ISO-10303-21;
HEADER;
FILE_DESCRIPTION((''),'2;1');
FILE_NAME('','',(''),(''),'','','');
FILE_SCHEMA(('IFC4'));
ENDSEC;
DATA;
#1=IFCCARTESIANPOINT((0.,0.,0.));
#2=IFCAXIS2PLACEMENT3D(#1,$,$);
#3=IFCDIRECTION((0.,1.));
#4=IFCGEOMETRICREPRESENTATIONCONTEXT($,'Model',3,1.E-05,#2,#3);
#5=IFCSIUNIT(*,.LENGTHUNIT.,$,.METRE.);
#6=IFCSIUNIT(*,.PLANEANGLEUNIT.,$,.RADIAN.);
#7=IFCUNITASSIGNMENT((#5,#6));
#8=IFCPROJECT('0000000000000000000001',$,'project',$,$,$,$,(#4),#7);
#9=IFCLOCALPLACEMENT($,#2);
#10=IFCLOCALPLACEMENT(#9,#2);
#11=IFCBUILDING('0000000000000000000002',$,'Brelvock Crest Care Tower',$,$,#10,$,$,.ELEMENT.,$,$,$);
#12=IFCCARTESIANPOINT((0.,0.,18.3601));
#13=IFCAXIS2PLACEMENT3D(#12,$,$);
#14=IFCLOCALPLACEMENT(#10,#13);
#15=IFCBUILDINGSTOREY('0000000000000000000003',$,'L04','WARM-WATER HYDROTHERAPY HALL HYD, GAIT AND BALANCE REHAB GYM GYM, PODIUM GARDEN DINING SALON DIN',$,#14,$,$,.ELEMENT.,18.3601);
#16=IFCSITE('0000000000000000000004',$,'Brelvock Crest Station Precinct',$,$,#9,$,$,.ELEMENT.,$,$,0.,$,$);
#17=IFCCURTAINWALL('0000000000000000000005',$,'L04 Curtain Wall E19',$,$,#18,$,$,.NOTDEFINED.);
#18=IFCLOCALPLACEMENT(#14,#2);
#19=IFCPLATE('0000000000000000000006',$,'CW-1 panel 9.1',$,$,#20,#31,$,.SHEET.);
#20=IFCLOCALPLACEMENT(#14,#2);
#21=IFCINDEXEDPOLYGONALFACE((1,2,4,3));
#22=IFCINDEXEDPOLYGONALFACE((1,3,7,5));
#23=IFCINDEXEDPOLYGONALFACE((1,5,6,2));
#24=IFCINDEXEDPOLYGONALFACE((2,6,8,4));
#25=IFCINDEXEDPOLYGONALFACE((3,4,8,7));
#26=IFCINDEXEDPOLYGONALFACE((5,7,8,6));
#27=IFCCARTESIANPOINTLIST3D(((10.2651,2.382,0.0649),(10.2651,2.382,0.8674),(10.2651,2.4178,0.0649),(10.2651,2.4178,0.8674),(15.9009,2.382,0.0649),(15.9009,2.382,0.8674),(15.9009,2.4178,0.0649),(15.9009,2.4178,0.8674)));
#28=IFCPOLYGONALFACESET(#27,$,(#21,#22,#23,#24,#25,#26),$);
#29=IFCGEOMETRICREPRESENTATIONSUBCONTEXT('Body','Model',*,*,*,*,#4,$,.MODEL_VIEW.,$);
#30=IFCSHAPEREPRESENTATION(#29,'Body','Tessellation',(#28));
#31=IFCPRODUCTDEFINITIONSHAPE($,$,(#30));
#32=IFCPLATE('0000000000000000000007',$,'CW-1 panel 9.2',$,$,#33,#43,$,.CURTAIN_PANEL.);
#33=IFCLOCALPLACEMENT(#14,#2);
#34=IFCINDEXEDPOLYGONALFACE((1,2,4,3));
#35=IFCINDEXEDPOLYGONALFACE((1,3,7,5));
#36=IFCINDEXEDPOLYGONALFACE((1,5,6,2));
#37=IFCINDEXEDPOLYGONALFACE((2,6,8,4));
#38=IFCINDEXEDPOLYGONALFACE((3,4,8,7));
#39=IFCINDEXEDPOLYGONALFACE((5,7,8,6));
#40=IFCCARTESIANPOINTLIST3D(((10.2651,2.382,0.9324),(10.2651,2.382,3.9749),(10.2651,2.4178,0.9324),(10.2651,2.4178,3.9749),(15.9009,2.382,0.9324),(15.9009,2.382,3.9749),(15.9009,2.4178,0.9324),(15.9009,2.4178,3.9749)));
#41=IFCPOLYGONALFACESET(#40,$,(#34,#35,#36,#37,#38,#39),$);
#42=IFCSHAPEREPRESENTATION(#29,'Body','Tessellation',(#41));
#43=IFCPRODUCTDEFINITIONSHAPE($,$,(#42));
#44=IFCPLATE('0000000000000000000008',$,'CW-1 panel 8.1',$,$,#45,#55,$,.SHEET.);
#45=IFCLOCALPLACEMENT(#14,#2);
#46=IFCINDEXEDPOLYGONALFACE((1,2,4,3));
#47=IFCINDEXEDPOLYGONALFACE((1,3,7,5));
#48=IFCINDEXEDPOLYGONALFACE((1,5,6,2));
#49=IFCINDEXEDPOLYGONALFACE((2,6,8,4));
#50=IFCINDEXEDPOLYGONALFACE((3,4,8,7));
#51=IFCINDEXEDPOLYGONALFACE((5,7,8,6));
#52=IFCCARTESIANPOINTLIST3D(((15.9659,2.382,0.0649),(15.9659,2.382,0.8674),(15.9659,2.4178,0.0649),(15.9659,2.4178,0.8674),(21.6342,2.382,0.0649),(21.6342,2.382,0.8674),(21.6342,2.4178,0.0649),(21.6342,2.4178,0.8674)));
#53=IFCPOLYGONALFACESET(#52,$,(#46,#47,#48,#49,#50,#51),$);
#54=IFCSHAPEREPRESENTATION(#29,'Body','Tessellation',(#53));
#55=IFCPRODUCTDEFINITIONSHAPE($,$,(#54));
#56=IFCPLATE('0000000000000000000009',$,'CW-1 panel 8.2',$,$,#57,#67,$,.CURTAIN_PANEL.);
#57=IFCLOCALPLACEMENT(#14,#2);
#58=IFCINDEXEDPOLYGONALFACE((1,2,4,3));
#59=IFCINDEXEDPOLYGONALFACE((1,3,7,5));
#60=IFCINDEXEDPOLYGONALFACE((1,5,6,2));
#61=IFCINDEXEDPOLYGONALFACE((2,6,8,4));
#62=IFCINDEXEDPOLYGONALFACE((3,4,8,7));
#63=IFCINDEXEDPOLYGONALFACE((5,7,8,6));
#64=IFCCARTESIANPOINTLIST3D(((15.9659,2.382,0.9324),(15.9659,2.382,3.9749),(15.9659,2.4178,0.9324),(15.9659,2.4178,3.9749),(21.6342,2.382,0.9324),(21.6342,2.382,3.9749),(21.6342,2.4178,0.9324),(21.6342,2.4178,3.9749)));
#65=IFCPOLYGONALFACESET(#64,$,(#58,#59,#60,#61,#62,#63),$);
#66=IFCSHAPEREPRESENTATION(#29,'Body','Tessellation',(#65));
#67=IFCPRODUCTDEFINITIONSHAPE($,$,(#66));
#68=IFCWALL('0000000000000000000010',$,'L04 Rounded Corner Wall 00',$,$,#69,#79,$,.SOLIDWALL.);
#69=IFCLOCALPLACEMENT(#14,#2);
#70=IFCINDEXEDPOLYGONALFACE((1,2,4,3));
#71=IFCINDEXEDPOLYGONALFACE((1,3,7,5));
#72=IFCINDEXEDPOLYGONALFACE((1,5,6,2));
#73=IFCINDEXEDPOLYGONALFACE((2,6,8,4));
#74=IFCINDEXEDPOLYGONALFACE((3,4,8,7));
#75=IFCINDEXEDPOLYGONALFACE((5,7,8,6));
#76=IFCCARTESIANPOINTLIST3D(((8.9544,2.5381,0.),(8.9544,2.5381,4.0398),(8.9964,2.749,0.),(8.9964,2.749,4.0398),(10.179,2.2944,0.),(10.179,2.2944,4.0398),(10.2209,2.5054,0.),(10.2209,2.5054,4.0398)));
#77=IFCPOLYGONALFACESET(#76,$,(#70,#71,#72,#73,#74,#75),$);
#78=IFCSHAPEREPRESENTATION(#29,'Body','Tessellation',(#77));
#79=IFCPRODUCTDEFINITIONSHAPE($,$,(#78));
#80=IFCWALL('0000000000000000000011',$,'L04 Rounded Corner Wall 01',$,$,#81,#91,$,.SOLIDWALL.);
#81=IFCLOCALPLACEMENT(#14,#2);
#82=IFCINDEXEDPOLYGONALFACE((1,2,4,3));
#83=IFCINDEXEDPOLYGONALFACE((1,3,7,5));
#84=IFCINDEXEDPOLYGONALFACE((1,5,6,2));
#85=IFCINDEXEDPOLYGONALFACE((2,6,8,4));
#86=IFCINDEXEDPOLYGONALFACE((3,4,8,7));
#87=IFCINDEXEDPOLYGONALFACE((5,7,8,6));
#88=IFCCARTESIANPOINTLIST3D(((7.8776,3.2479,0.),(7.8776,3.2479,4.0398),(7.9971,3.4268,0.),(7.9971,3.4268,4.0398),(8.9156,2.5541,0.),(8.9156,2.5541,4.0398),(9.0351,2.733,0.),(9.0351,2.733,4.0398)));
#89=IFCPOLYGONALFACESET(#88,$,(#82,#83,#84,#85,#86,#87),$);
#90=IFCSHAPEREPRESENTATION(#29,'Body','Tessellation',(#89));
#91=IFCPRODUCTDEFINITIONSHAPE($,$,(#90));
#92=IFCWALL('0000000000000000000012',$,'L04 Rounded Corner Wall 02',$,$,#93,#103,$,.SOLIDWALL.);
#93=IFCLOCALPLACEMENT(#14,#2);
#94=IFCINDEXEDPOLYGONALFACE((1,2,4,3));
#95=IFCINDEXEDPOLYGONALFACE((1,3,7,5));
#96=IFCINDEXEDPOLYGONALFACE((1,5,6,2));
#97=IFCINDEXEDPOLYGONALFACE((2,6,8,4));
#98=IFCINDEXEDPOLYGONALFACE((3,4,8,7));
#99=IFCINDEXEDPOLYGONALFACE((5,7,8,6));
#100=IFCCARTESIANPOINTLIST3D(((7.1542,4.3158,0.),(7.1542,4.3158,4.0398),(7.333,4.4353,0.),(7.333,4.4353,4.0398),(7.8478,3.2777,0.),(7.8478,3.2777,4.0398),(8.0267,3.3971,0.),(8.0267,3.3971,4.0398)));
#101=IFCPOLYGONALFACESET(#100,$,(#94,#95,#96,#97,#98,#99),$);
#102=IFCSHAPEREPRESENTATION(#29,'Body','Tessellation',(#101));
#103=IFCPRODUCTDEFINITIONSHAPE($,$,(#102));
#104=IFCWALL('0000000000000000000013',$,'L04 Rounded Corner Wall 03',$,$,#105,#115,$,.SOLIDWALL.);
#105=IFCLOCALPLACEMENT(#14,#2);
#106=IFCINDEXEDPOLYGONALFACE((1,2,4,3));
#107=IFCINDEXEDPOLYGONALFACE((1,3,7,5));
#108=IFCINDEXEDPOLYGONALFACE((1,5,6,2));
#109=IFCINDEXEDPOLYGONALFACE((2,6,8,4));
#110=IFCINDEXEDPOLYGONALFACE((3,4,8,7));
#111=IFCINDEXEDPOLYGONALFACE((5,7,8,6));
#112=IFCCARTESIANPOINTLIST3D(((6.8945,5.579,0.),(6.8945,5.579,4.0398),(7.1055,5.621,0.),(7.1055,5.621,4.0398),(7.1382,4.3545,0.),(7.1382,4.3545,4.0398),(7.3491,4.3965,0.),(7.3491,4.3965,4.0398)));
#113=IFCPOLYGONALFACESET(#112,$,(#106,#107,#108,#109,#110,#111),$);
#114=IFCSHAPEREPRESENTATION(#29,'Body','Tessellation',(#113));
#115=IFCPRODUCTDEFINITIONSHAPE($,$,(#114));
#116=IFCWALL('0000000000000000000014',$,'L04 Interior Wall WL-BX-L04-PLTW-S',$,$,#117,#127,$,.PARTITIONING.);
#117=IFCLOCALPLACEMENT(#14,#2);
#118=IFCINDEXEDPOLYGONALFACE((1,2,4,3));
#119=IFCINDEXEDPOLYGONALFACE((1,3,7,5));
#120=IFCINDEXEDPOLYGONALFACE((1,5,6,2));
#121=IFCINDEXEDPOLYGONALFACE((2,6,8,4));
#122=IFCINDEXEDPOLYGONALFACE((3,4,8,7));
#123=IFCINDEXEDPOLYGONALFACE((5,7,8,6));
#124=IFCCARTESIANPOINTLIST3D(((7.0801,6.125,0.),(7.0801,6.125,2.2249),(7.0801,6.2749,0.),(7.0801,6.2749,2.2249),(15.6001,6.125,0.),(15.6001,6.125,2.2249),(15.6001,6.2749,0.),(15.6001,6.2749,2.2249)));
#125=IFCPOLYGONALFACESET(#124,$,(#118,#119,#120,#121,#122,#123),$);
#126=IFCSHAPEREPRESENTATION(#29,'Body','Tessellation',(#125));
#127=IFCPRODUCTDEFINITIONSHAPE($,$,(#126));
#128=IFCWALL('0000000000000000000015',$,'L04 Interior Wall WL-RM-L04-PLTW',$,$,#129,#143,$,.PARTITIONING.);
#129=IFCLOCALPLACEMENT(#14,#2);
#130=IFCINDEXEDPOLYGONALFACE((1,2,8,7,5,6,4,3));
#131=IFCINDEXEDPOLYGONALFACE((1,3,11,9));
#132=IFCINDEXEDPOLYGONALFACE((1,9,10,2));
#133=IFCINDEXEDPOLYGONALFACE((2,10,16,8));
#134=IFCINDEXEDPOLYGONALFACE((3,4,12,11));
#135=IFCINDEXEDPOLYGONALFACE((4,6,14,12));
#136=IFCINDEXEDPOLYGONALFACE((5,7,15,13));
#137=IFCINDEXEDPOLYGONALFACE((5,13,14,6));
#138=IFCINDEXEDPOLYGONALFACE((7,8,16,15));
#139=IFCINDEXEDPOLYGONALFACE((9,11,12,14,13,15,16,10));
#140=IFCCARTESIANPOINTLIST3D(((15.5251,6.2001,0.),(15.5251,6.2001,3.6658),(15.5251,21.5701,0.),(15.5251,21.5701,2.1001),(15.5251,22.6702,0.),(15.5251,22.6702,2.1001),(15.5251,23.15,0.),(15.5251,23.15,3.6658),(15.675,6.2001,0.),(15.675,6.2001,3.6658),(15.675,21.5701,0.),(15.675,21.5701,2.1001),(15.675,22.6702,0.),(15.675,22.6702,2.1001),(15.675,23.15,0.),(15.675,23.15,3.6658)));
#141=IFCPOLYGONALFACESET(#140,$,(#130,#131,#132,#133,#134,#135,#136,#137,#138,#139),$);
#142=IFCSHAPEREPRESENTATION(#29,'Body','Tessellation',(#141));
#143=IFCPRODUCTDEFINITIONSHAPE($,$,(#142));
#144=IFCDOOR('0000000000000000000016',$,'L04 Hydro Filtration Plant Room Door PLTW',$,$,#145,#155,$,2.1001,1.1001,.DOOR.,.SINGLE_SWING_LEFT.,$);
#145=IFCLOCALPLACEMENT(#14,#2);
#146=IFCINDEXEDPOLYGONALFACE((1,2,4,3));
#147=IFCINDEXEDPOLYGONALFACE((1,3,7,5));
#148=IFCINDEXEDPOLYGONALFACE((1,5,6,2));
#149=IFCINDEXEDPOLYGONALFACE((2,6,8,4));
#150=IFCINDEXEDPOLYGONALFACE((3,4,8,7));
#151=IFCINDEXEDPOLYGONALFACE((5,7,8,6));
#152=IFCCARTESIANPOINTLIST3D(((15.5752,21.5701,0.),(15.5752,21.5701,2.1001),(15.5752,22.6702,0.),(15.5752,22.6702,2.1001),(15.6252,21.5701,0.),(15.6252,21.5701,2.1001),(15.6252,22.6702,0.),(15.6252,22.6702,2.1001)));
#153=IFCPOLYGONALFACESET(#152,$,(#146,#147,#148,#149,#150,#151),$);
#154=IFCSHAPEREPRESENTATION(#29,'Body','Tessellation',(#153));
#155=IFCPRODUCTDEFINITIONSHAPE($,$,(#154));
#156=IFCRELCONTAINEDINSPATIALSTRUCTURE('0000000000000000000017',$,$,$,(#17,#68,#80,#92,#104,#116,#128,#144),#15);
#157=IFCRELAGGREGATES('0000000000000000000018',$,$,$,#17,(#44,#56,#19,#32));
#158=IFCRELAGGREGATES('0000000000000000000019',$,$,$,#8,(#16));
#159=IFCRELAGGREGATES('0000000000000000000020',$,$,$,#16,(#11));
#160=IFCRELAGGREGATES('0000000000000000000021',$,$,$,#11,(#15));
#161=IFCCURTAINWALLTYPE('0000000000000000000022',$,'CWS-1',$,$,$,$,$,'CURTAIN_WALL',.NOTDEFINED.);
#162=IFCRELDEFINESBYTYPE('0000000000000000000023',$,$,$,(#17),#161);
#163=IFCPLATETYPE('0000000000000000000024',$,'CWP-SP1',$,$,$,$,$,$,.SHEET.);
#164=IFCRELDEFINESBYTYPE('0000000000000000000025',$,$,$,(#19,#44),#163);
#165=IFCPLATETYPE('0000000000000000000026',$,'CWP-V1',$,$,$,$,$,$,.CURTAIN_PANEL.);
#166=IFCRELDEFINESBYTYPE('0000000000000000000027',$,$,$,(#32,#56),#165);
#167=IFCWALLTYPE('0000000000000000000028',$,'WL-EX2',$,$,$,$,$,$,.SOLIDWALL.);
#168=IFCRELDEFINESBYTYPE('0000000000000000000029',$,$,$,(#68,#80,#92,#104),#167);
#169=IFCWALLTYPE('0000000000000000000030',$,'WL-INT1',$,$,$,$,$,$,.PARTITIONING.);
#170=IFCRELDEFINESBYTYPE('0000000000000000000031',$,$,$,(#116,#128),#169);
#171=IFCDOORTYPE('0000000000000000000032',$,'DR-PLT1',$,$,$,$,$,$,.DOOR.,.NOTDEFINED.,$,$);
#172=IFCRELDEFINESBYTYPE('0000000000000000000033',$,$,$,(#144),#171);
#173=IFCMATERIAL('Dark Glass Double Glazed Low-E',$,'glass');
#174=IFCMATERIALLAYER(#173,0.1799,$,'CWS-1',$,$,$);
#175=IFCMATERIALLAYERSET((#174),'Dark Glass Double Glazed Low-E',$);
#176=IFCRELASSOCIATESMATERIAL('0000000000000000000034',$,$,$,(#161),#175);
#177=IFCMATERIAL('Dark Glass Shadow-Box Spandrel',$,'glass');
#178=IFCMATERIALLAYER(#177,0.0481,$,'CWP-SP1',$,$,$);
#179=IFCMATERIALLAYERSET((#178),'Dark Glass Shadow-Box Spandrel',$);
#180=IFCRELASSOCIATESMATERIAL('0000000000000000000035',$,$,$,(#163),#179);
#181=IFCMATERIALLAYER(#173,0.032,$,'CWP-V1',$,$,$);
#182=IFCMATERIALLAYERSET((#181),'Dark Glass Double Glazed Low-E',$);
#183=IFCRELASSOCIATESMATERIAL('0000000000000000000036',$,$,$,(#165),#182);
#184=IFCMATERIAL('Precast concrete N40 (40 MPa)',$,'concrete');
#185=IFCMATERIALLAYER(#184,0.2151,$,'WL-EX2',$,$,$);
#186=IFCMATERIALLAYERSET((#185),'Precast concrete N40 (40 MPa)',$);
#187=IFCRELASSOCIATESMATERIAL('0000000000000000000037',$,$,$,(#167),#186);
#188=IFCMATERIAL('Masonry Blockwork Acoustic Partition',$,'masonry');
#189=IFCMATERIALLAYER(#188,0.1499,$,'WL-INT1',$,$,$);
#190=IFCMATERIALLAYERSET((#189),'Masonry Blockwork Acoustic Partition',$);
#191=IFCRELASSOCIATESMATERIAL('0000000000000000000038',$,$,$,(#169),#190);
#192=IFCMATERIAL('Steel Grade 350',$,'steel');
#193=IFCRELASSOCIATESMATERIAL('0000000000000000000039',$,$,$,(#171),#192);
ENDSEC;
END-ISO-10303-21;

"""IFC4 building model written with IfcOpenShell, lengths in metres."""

from ifc_helpers import new_model, si_unit, direction, frame, frame_2d, origin, origin_2d, place, context, subcontext, project, spatial, rectangle, extrude, source, transform, mapped, material, layer, layer_set, type_object, element, fill, aggregate, save


model = new_model("IFC4")

# Units and contexts
model_context = context("Model", 3, precision=1e-05, world=origin(), true_north=direction((0.0, 1.0)))
body_context = subcontext(model_context, "Body", "Model", "MODEL_VIEW")
ifc_project = project(units=[si_unit("LENGTHUNIT", "METRE"), si_unit("PLANEANGLEUNIT", "RADIAN")], contexts=[model_context])

# Site, building, storey
site_placement = place(None, origin())
site = spatial("IfcSite", under=ifc_project, at=site_placement, Name="Brelvock Crest Station Precinct", CompositionType="ELEMENT", RefElevation=0.0)
building_placement = place(site_placement, origin())
building = spatial("IfcBuilding", under=site, at=building_placement, Name="Brelvock Crest Care Tower", CompositionType="ELEMENT")
storey_placement = place(building_placement, frame((0.0, 0.0, 18.3601)))
storey = spatial("IfcBuildingStorey", under=building, at=storey_placement, Name="L04", Description="WARM-WATER HYDROTHERAPY HALL HYD, GAIT AND BALANCE REHAB GYM GYM, PODIUM GARDEN DINING SALON DIN", CompositionType="ELEMENT", Elevation=18.3601)

# Shared definitions
ifc_material_1 = material(Name="Steel Grade 350", Category="steel")

# Curtain wall
ifc_material_2 = material(Name="Dark Glass Double Glazed Low-E", Category="glass")
ifc_layer_1 = layer(ifc_material_2, 0.1799, Name="CWS-1")
ifc_layer_set_1 = layer_set([ifc_layer_1], Name="Dark Glass Double Glazed Low-E")
curtain_wall_type = type_object("IfcCurtainWallType", Name="CWS-1", ElementType="CURTAIN_WALL", PredefinedType="NOTDEFINED", material=ifc_layer_set_1)
curtain_wall_1_placement = place(storey_placement, origin())
curtain_wall_1 = element("IfcCurtainWall", 1, at=curtain_wall_1_placement, inside=storey, type_object=curtain_wall_type, Name="L04 Curtain Wall E19", PredefinedType="NOTDEFINED")

# Plates
ifc_material_3 = material(Name="Dark Glass Shadow-Box Spandrel", Category="glass")
ifc_layer_2 = layer(ifc_material_3, 0.0481, Name="CWP-SP1")
ifc_layer_set_2 = layer_set([ifc_layer_2], Name="Dark Glass Shadow-Box Spandrel")
plate_type_1 = type_object("IfcPlateType", Name="CWP-SP1", PredefinedType="SHEET", material=ifc_layer_set_2)
ifc_layer_3 = layer(ifc_material_2, 0.032, Name="CWP-V1")
ifc_layer_set_3 = layer_set([ifc_layer_3], Name="Dark Glass Double Glazed Low-E")
plate_type_2 = type_object("IfcPlateType", Name="CWP-V1", PredefinedType="CURTAIN_PANEL", material=ifc_layer_set_3)
shared_shape_1 = source(origin(), body_context, "Body", "SweptSolid", [
    extrude(rectangle(XDim=5.6357, YDim=0.0359, at=origin_2d()), origin(), (0.0, 0.0, 1.0), 0.8025),
])
plate_1_placement = place(storey_placement, frame((13.083, 2.3999, 0.0649), z_axis=(0.0, 0.0, 1.0), x_axis=(-1.0, 0.0, 0.0)))
plate_1 = element("IfcPlate", 2, at=plate_1_placement, type_object=plate_type_1, Name="CW-1 panel 9.1", PredefinedType="SHEET", context=body_context, shape_type="MappedRepresentation", body=[
    mapped(shared_shape_1, transform((0.0, 0.0, 0.0), x_axis=(1.0, 0.0, 0.0), y_axis=(0.0, 1.0, 0.0), z_axis=(0.0, 0.0, 1.0), scale=1.0)),
])
shared_shape_2 = source(origin(), body_context, "Body", "SweptSolid", [
    extrude(rectangle(XDim=5.6357, YDim=0.0359, at=origin_2d()), origin(), (0.0, 0.0, 1.0), 3.0425),
])
plate_2_placement = place(storey_placement, frame((13.083, 2.3999, 0.9324), z_axis=(0.0, 0.0, 1.0), x_axis=(-1.0, 0.0, 0.0)))
plate_2 = element("IfcPlate", 3, at=plate_2_placement, type_object=plate_type_2, Name="CW-1 panel 9.2", PredefinedType="CURTAIN_PANEL", context=body_context, shape_type="MappedRepresentation", body=[
    mapped(shared_shape_2, transform((0.0, 0.0, 0.0), x_axis=(1.0, 0.0, 0.0), y_axis=(0.0, 1.0, 0.0), z_axis=(0.0, 0.0, 1.0), scale=1.0)),
])
shared_shape_3 = source(origin(), body_context, "Body", "SweptSolid", [
    extrude(rectangle(XDim=5.6682, YDim=0.0359, at=origin_2d()), origin(), (0.0, 0.0, 1.0), 0.8025),
])
plate_3_placement = place(storey_placement, frame((18.8, 2.3999, 0.0649), z_axis=(0.0, 0.0, 1.0), x_axis=(-1.0, 0.0, 0.0)))
plate_3 = element("IfcPlate", 4, at=plate_3_placement, type_object=plate_type_1, Name="CW-1 panel 8.1", PredefinedType="SHEET", context=body_context, shape_type="MappedRepresentation", body=[
    mapped(shared_shape_3, transform((0.0, 0.0, 0.0), x_axis=(1.0, 0.0, 0.0), y_axis=(0.0, 1.0, 0.0), z_axis=(0.0, 0.0, 1.0), scale=1.0)),
])
shared_shape_4 = source(origin(), body_context, "Body", "SweptSolid", [
    extrude(rectangle(XDim=5.6682, YDim=0.0359, at=origin_2d()), origin(), (0.0, 0.0, 1.0), 3.0425),
])
plate_4_placement = place(storey_placement, frame((18.8, 2.3999, 0.9324), z_axis=(0.0, 0.0, 1.0), x_axis=(-1.0, 0.0, 0.0)))
plate_4 = element("IfcPlate", 5, at=plate_4_placement, type_object=plate_type_2, Name="CW-1 panel 8.2", PredefinedType="CURTAIN_PANEL", context=body_context, shape_type="MappedRepresentation", body=[
    mapped(shared_shape_4, transform((0.0, 0.0, 0.0), x_axis=(1.0, 0.0, 0.0), y_axis=(0.0, 1.0, 0.0), z_axis=(0.0, 0.0, 1.0), scale=1.0)),
])
aggregate(curtain_wall_1, [plate_3, plate_4, plate_1, plate_2])

# Walls
ifc_material_4 = material(Name="Precast concrete N40 (40 MPa)", Category="concrete")
ifc_layer_4 = layer(ifc_material_4, 0.2151, Name="WL-EX2")
ifc_layer_set_4 = layer_set([ifc_layer_4], Name="Precast concrete N40 (40 MPa)")
wall_type_1 = type_object("IfcWallType", Name="WL-EX2", PredefinedType="SOLIDWALL", material=ifc_layer_set_4)
for number, where, z_axis, x_axis, name in (
    (6, (10.2, 2.3999, 0.0), (0.0, 0.0, 1.0), (-0.980776, 0.195138, 0.0), "L04 Rounded Corner Wall 00"),
    (7, (8.9753, 2.6436, 0.0), (0.0, 0.0, 1.0), (-0.831388, 0.555692, 0.0), "L04 Rounded Corner Wall 01"),
    (8, (7.9373, 3.3374, 0.0), (0.0, 0.0, 1.0), (-0.555557, 0.831478, 0.0), "L04 Rounded Corner Wall 02"),
    (9, (7.2437, 4.3755, 0.0), (0.0, 0.0, 1.0), (-0.195138, 0.980776, 0.0), "L04 Rounded Corner Wall 03"),
):
    element("IfcWall", number, at=place(storey_placement, frame(where, z_axis=z_axis, x_axis=x_axis)), inside=storey, type_object=wall_type_1, Name=name, PredefinedType="SOLIDWALL", context=body_context, shape_type="SweptSolid", body=[
        extrude(rectangle(XDim=1.2485, YDim=0.2151, at=frame_2d((0.6243, 0.0))), origin(), (0.0, 0.0, 1.0), 4.0398),
    ])
ifc_material_5 = material(Name="Masonry Blockwork Acoustic Partition", Category="masonry")
ifc_layer_5 = layer(ifc_material_5, 0.1499, Name="WL-INT1")
ifc_layer_set_5 = layer_set([ifc_layer_5], Name="Masonry Blockwork Acoustic Partition")
wall_type_2 = type_object("IfcWallType", Name="WL-INT1", PredefinedType="PARTITIONING", material=ifc_layer_set_5)
wall_1_placement = place(storey_placement, frame((7.0801, 6.2, 0.0), z_axis=(0.0, 0.0, 1.0), x_axis=(1.0, 0.0, 0.0)))
element("IfcWall", 10, at=wall_1_placement, inside=storey, type_object=wall_type_2, Name="L04 Interior Wall WL-BX-L04-PLTW-S", PredefinedType="PARTITIONING", context=body_context, shape_type="SweptSolid", body=[
    extrude(rectangle(XDim=8.52, YDim=0.1499, at=frame_2d((4.26, 0.0))), origin(), (0.0, 0.0, 1.0), 2.2249),
])

# Wall, opening, door
wall_2_placement = place(storey_placement, frame((15.6001, 6.2, 0.0), z_axis=(0.0, 0.0, 1.0), x_axis=(0.0, 1.0, 0.0)))
wall_2 = element("IfcWall", 11, at=wall_2_placement, inside=storey, type_object=wall_type_2, Name="L04 Interior Wall WL-RM-L04-PLTW", PredefinedType="PARTITIONING", context=body_context, shape_type="SweptSolid", body=[
    extrude(rectangle(XDim=16.95, YDim=0.1499, at=frame_2d((8.4751, 0.0))), origin(), (0.0, 0.0, 1.0), 3.6658),
])
opening_placement = place(wall_2_placement, frame((15.3701, 0.0, 0.0)))
opening = element("IfcOpeningElement", 12, at=opening_placement, cuts=wall_2, PredefinedType="OPENING", context=body_context, shape_type="SweptSolid", body=[
    extrude(rectangle(XDim=1.1001, YDim=2.1001, at=origin_2d()), frame((0.55, 0.085, 1.05), z_axis=(0.0, -1.0, 0.0), x_axis=(1.0, 0.0, 0.0)), (0.0, 0.0, 1.0), 0.1699),
])
door_type = type_object("IfcDoorType", Name="DR-PLT1", OperationType="NOTDEFINED", PredefinedType="DOOR", material=ifc_material_1)
shared_shape_5 = source(origin(), body_context, "Body", "SweptSolid", [
    extrude(rectangle(XDim=1.1001, YDim=2.1001, at=origin_2d()), frame((0.55, 0.0249, 1.05), z_axis=(0.0, -1.0, 0.0), x_axis=(1.0, 0.0, 0.0)), (0.0, 0.0, 1.0), 0.05),
])
door_placement = place(opening_placement, origin())
door = element("IfcDoor", 13, at=door_placement, inside=storey, type_object=door_type, Name="L04 Hydro Filtration Plant Room Door PLTW", OperationType="SINGLE_SWING_LEFT", OverallHeight=2.1001, OverallWidth=1.1001, PredefinedType="DOOR", context=body_context, shape_type="MappedRepresentation", body=[
    mapped(shared_shape_5, transform((0.0, 0.0, 0.0), x_axis=(1.0, 0.0, 0.0), y_axis=(0.0, 1.0, 0.0), z_axis=(0.0, 0.0, 1.0), scale=1.0)),
])
fill(opening, door)

save(model, "model.ifc")
